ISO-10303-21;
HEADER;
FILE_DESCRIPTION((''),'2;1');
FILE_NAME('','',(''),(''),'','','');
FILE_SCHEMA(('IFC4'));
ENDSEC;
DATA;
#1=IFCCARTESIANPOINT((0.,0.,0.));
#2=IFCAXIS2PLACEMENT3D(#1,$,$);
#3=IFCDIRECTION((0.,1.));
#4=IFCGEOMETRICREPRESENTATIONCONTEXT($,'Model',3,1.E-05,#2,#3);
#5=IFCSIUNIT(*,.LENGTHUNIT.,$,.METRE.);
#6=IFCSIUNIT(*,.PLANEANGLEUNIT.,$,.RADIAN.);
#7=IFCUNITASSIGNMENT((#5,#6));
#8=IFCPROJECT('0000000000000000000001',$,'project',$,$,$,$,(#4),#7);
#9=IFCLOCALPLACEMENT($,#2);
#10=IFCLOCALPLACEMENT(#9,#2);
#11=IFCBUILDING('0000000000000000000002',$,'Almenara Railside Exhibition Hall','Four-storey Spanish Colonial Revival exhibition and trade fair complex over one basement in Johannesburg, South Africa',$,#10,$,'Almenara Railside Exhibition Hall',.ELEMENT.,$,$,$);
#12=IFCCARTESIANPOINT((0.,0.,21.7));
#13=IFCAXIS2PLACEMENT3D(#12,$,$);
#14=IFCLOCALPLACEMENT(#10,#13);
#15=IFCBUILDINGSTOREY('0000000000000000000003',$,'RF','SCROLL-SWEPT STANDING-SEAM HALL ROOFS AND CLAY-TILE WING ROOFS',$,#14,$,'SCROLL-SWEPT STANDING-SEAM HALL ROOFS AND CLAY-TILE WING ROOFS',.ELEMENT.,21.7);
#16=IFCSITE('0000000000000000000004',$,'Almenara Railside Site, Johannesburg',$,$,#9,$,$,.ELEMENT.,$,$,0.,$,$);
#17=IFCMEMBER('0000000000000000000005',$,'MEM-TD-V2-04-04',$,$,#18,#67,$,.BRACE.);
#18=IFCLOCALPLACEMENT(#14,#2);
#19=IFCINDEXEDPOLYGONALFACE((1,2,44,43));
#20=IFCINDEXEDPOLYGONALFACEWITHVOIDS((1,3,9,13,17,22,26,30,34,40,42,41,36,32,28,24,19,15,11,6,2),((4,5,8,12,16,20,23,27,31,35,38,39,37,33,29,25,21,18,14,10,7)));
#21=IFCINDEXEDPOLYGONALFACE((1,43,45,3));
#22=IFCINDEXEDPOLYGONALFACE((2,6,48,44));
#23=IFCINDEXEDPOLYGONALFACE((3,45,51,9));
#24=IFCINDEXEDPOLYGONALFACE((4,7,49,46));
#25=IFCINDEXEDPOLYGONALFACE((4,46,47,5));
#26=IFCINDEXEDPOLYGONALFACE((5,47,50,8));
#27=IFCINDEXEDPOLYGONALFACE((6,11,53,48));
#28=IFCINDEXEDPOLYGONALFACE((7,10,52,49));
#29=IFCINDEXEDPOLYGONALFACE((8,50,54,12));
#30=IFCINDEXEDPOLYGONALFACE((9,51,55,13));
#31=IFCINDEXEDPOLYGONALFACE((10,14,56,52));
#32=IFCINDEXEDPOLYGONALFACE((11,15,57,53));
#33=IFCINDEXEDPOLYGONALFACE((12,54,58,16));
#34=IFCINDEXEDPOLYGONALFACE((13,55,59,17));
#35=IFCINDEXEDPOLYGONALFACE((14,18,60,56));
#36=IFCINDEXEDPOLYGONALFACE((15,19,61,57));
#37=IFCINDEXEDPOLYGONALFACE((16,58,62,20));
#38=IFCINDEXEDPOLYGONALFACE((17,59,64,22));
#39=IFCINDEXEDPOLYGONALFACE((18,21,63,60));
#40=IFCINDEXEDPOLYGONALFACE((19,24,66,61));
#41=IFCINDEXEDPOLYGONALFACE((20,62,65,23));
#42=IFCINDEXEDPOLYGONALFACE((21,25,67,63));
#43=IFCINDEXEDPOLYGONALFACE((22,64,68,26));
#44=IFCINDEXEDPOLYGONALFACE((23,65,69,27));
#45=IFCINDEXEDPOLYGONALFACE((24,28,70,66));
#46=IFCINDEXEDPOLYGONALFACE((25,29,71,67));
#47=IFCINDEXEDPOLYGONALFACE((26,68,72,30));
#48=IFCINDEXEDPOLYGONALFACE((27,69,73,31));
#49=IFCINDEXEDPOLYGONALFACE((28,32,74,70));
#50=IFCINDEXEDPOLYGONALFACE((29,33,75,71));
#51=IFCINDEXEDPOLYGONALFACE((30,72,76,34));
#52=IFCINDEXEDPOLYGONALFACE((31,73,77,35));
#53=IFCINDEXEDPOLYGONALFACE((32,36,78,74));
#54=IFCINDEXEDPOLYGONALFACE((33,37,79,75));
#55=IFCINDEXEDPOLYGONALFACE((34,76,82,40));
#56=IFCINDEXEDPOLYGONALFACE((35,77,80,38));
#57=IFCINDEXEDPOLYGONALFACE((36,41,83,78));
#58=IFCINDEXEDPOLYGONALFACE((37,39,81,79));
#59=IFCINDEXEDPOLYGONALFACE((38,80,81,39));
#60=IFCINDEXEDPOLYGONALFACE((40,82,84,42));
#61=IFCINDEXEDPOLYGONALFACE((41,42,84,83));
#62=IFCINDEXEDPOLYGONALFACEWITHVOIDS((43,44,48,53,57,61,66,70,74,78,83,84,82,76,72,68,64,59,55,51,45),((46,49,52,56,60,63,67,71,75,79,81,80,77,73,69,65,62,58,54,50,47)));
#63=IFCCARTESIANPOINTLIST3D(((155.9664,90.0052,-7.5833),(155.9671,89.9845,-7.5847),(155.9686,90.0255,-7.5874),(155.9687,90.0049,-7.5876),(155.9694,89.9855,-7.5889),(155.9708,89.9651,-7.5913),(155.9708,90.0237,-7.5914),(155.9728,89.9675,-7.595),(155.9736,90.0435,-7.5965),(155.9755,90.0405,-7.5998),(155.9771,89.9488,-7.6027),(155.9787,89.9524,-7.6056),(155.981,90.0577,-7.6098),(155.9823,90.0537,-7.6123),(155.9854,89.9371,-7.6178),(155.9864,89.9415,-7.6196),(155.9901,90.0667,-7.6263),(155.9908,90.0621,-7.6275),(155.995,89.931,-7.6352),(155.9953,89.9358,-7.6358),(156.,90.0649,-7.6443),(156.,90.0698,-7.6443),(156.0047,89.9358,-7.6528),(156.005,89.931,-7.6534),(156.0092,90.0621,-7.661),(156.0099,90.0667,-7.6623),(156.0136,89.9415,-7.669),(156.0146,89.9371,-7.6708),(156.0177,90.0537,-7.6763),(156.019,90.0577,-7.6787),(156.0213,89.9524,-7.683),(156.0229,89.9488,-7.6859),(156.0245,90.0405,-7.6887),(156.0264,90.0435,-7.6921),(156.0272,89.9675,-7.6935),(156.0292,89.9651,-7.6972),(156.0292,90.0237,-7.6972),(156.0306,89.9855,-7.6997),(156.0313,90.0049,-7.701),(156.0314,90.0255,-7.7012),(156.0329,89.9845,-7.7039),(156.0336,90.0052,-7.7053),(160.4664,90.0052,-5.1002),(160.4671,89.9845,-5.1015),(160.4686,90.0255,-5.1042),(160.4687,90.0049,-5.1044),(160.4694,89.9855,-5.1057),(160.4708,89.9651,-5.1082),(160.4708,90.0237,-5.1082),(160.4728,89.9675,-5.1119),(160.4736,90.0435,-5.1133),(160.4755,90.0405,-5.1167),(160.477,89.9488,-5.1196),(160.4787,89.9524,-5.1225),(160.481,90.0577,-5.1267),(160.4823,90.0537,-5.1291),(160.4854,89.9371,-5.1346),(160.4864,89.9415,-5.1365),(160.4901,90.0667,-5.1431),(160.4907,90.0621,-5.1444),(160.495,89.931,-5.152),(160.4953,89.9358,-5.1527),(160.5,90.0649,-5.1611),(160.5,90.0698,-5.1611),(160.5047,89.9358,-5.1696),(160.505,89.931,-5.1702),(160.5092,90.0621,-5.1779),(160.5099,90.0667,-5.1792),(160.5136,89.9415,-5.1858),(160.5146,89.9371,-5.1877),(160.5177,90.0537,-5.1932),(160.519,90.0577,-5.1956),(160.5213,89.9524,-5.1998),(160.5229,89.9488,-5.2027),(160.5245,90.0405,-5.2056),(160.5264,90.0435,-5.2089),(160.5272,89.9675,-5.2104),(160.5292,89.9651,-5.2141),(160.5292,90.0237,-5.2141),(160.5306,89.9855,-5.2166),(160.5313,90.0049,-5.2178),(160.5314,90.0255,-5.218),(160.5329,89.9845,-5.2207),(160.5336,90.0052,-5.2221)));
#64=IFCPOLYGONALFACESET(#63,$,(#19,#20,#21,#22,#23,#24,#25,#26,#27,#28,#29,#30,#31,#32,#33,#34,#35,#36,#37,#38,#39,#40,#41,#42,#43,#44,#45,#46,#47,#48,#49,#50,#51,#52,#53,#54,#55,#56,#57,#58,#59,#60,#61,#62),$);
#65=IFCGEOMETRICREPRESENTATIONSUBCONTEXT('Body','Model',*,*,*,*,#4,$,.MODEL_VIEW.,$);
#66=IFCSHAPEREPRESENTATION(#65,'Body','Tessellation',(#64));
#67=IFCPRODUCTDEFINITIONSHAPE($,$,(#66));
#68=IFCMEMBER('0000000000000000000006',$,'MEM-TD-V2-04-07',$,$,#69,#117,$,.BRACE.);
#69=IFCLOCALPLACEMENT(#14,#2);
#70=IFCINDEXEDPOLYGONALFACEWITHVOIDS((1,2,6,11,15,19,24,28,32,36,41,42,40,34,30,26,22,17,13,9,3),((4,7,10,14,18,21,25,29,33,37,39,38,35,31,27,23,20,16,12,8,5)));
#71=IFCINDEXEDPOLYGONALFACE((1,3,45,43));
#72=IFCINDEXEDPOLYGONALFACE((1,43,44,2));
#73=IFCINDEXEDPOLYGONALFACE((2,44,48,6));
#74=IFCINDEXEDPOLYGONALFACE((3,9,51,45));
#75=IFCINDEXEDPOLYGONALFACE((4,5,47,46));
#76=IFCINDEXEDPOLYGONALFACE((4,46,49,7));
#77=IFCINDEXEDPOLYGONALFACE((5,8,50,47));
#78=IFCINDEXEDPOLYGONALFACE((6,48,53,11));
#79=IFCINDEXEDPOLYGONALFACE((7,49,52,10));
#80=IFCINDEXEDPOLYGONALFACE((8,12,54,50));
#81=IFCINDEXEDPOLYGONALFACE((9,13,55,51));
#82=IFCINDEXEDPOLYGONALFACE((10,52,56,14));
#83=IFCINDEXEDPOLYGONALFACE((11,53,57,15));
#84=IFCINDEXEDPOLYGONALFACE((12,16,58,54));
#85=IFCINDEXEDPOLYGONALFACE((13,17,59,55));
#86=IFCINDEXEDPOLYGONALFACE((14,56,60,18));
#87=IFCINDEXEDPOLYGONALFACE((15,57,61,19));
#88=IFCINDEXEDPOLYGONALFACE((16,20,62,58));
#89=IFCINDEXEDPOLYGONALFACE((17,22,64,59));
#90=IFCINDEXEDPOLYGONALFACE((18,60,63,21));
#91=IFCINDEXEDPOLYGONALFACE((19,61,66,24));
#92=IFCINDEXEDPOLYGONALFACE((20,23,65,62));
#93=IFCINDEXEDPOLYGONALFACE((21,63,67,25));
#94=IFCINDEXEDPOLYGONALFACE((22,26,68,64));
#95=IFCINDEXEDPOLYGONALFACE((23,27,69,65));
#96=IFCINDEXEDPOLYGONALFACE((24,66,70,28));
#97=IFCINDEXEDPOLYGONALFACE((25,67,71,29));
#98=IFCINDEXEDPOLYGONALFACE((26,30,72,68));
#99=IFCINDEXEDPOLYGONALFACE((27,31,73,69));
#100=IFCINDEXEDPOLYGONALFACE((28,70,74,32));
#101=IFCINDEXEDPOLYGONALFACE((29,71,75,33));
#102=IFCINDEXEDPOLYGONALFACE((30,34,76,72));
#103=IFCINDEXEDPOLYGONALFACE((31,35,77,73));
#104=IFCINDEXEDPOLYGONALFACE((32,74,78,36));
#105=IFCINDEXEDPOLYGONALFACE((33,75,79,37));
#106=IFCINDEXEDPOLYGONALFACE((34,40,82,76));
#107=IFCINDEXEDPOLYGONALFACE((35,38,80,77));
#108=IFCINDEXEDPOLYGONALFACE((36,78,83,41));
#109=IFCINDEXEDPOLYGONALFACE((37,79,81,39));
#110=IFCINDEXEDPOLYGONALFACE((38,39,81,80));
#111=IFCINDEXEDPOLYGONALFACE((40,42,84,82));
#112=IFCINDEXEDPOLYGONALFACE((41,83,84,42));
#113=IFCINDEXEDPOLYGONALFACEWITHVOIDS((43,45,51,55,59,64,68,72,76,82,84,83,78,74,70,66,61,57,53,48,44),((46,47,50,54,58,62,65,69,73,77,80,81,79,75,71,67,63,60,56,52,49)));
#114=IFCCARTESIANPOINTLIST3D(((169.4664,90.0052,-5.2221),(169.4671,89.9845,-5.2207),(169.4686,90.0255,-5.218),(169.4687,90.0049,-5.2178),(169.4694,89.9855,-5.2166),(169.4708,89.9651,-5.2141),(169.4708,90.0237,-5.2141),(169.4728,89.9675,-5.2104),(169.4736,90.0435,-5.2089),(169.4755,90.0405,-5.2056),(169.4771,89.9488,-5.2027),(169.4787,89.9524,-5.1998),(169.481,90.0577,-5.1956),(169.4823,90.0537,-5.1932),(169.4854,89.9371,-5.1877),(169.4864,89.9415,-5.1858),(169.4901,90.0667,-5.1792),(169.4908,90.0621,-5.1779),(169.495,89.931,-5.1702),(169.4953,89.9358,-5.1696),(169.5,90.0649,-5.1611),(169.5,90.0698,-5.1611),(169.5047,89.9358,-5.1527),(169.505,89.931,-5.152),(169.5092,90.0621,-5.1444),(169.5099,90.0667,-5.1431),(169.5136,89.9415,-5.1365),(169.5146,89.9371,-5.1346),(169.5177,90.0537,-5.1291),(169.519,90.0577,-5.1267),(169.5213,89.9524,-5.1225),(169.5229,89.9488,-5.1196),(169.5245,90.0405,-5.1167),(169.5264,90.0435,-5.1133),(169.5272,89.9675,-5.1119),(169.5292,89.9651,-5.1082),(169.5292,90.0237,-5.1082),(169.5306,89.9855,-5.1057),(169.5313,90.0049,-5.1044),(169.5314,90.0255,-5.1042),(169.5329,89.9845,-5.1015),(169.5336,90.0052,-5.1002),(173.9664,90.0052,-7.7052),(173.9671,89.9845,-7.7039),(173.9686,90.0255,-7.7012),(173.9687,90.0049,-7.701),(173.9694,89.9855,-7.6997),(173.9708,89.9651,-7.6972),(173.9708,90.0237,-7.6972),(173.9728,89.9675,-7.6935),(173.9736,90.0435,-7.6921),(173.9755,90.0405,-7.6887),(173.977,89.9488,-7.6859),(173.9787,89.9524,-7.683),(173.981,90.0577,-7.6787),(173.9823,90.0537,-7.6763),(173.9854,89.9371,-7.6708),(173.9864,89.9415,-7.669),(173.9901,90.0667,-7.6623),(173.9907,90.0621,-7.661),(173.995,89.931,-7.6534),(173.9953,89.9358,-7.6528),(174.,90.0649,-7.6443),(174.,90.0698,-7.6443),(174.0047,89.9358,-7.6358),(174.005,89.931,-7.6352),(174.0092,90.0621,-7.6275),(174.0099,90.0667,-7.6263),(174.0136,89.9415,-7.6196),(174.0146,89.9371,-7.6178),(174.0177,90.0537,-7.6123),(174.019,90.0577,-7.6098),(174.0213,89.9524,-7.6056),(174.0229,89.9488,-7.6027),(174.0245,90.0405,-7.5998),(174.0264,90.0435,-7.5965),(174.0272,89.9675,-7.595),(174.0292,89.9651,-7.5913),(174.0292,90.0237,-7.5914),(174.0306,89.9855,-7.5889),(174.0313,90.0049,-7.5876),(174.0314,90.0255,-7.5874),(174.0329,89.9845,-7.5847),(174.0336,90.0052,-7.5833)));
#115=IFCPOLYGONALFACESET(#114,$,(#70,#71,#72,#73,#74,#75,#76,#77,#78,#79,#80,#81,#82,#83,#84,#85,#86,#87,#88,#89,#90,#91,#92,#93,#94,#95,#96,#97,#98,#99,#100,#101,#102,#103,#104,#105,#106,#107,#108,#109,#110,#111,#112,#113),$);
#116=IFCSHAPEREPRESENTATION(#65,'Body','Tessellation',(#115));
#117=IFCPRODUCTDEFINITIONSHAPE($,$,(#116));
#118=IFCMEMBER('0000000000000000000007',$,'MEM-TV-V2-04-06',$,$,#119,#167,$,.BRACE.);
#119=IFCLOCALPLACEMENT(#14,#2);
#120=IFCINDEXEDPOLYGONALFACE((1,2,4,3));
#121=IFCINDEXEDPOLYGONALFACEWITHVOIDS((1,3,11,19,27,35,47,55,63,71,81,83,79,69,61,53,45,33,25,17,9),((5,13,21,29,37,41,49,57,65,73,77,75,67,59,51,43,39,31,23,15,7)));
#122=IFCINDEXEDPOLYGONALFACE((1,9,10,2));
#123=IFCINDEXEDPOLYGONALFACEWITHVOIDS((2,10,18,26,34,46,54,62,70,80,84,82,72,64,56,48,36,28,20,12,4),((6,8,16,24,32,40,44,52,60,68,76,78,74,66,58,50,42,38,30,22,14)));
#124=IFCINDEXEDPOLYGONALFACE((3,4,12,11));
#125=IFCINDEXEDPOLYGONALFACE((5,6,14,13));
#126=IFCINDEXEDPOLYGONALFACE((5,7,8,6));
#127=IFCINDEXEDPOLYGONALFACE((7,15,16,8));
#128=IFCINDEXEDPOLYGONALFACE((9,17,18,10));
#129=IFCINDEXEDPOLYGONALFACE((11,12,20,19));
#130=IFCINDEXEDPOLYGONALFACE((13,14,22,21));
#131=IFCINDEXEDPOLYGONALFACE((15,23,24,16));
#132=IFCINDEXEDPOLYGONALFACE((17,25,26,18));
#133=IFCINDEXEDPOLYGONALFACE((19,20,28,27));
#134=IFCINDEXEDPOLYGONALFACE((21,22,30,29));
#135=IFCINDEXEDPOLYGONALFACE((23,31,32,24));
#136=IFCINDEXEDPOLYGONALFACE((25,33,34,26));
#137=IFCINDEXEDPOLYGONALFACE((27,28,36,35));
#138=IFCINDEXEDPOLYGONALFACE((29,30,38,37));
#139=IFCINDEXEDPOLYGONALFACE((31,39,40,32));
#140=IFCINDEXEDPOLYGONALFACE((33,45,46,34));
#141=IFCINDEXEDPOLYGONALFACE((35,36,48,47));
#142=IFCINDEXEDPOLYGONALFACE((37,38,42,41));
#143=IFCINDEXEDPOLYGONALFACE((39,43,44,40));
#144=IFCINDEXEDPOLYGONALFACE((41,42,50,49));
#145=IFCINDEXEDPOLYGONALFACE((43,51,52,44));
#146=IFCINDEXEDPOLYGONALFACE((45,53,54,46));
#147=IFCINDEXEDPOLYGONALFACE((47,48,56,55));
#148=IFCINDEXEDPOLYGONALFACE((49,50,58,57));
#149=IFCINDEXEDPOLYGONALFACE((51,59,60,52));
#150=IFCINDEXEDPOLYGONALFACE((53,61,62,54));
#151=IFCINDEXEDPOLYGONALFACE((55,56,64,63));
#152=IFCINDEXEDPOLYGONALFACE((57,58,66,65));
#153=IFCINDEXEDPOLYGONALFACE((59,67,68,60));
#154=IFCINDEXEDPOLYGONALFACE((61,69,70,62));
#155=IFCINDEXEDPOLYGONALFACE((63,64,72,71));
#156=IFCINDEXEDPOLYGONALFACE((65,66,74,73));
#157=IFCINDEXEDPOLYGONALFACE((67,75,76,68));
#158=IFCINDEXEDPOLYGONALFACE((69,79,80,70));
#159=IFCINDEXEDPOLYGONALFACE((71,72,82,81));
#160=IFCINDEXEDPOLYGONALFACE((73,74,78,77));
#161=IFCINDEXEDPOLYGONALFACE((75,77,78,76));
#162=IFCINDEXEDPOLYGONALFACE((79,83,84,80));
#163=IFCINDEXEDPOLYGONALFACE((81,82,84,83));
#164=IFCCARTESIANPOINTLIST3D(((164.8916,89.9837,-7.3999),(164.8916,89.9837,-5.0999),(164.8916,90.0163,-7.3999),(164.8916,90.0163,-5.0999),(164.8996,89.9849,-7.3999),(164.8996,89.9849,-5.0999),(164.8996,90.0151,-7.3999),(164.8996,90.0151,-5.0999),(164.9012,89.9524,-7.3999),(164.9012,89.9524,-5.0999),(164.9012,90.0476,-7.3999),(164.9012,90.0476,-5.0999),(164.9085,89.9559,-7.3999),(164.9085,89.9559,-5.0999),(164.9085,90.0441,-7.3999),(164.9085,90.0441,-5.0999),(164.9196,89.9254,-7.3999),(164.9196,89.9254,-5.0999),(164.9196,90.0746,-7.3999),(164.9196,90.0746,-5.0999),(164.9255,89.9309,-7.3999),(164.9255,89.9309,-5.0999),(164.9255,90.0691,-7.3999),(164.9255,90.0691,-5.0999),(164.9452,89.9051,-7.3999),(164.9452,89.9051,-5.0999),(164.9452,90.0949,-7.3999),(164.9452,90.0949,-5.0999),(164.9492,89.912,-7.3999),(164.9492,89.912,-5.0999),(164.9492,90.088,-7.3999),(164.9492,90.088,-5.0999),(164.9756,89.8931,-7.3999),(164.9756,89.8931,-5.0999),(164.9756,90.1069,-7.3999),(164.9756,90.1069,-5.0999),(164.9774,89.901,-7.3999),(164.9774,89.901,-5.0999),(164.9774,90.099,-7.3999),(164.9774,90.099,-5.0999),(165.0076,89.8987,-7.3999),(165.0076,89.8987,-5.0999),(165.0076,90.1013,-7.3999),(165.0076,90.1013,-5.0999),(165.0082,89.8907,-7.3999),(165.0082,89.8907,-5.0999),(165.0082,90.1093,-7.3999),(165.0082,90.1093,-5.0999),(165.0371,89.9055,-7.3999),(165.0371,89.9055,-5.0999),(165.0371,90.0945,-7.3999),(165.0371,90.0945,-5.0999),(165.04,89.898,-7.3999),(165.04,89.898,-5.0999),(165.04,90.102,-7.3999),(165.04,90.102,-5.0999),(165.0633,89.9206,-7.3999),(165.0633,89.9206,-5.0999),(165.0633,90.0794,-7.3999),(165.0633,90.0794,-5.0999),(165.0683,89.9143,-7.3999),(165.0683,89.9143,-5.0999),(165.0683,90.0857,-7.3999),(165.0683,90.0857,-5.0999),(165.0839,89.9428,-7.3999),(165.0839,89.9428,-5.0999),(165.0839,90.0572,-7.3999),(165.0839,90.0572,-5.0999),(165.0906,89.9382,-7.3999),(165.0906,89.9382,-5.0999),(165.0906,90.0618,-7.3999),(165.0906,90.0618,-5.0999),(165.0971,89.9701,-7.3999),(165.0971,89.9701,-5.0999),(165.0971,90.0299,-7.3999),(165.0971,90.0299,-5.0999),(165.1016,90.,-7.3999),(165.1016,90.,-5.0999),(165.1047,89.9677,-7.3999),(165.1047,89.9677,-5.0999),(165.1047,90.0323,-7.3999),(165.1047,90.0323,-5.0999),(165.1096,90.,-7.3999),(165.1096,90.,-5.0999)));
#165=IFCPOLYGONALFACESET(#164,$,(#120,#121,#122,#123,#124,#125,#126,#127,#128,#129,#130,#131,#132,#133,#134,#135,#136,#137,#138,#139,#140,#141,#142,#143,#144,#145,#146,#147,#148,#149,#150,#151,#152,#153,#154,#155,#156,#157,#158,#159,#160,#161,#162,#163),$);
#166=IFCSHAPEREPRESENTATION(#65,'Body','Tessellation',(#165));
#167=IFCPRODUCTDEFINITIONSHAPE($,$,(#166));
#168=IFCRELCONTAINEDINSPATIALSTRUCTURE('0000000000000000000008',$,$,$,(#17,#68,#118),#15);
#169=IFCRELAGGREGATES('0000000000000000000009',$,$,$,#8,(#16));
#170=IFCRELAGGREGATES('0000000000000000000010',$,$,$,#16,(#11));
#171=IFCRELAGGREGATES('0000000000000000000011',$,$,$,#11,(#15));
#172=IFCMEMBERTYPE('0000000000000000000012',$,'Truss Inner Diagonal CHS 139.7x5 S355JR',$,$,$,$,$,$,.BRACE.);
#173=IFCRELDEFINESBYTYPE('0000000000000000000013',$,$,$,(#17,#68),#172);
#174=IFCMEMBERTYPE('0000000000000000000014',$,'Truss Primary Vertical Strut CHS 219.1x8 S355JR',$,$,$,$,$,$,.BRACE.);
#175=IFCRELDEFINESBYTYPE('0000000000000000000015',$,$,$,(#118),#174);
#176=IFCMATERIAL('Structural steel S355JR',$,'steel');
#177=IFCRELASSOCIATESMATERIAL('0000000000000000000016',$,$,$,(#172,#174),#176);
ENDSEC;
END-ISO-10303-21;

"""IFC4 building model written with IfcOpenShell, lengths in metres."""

from ifc_helpers import new_model, si_unit, direction, frame, origin, origin_2d, place, context, subcontext, project, spatial, hollow_circle, extrude, material, material_profile, profile_set, type_object, element, save


model = new_model("IFC4")

# Units and contexts
model_context = context("Model", 3, precision=1e-05, world=origin(), true_north=direction((0.0, 1.0)))
body_context = subcontext(model_context, "Body", "Model", "MODEL_VIEW")
ifc_project = project(units=[si_unit("LENGTHUNIT", "METRE"), si_unit("PLANEANGLEUNIT", "RADIAN")], contexts=[model_context])

# Site, building, storey
site_placement = place(None, origin())
site = spatial("IfcSite", under=ifc_project, at=site_placement, Name="Almenara Railside Site, Johannesburg", CompositionType="ELEMENT", RefElevation=0.0)
building_placement = place(site_placement, origin())
building = spatial("IfcBuilding", under=site, at=building_placement, Name="Almenara Railside Exhibition Hall", Description="Four-storey Spanish Colonial Revival exhibition and trade fair complex over one basement in Johannesburg, South Africa", LongName="Almenara Railside Exhibition Hall", CompositionType="ELEMENT")
storey_placement = place(building_placement, frame((0.0, 0.0, 21.7)))
storey = spatial("IfcBuildingStorey", under=building, at=storey_placement, Name="RF", Description="SCROLL-SWEPT STANDING-SEAM HALL ROOFS AND CLAY-TILE WING ROOFS", LongName="SCROLL-SWEPT STANDING-SEAM HALL ROOFS AND CLAY-TILE WING ROOFS", CompositionType="ELEMENT", Elevation=21.7)

# Members
ifc_material_1 = material(Name="Structural steel S355JR", Category="steel")
ifc_material_profile_1 = material_profile(ifc_material_1, hollow_circle(Radius=0.0698, WallThickness=0.0049, at=origin_2d()), Name="CHS 139.7x5")
ifc_profile_set_1 = profile_set([ifc_material_profile_1], Name="Structural steel S355JR")
member_type_1 = type_object("IfcMemberType", Name="Truss Inner Diagonal CHS 139.7x5 S355JR", PredefinedType="BRACE", material=ifc_profile_set_1)
for number, where, z_axis, x_axis, name in (
    (1, (156.0, 90.0, -7.6443), (0.875545, 0.0, 0.483136), (0.0, 1.0, 0.0), "MEM-TD-V2-04-04"),
    (2, (169.5, 90.0, -5.1611), (0.875545, 0.0, -0.483136), (0.0, 1.0, 0.0), "MEM-TD-V2-04-07"),
):
    element("IfcMember", number, at=place(storey_placement, frame(where, z_axis=z_axis, x_axis=x_axis)), inside=storey, type_object=member_type_1, Name=name, PredefinedType="BRACE", context=body_context, shape_type="SweptSolid", body=[
        extrude(hollow_circle(Radius=0.0698, WallThickness=0.0049, at=origin_2d()), origin(), (0.0, 0.0, 1.0), 5.1396),
    ])
ifc_material_profile_2 = material_profile(ifc_material_1, hollow_circle(Radius=0.1096, WallThickness=0.0081, at=origin_2d()), Name="CHS 219.1x8")
ifc_profile_set_2 = profile_set([ifc_material_profile_2], Name="Structural steel S355JR")
member_type_2 = type_object("IfcMemberType", Name="Truss Primary Vertical Strut CHS 219.1x8 S355JR", PredefinedType="BRACE", material=ifc_profile_set_2)
member_1_placement = place(storey_placement, frame((165.0, 90.0, -7.3999), z_axis=(0.0, 0.0, 1.0), x_axis=(1.0, 0.0, 0.0)))
element("IfcMember", 3, at=member_1_placement, inside=storey, type_object=member_type_2, Name="MEM-TV-V2-04-06", PredefinedType="BRACE", context=body_context, shape_type="SweptSolid", body=[
    extrude(hollow_circle(Radius=0.1096, WallThickness=0.0081, at=origin_2d()), origin(), (0.0, 0.0, 1.0), 2.3),
])

save(model, "model.ifc")
